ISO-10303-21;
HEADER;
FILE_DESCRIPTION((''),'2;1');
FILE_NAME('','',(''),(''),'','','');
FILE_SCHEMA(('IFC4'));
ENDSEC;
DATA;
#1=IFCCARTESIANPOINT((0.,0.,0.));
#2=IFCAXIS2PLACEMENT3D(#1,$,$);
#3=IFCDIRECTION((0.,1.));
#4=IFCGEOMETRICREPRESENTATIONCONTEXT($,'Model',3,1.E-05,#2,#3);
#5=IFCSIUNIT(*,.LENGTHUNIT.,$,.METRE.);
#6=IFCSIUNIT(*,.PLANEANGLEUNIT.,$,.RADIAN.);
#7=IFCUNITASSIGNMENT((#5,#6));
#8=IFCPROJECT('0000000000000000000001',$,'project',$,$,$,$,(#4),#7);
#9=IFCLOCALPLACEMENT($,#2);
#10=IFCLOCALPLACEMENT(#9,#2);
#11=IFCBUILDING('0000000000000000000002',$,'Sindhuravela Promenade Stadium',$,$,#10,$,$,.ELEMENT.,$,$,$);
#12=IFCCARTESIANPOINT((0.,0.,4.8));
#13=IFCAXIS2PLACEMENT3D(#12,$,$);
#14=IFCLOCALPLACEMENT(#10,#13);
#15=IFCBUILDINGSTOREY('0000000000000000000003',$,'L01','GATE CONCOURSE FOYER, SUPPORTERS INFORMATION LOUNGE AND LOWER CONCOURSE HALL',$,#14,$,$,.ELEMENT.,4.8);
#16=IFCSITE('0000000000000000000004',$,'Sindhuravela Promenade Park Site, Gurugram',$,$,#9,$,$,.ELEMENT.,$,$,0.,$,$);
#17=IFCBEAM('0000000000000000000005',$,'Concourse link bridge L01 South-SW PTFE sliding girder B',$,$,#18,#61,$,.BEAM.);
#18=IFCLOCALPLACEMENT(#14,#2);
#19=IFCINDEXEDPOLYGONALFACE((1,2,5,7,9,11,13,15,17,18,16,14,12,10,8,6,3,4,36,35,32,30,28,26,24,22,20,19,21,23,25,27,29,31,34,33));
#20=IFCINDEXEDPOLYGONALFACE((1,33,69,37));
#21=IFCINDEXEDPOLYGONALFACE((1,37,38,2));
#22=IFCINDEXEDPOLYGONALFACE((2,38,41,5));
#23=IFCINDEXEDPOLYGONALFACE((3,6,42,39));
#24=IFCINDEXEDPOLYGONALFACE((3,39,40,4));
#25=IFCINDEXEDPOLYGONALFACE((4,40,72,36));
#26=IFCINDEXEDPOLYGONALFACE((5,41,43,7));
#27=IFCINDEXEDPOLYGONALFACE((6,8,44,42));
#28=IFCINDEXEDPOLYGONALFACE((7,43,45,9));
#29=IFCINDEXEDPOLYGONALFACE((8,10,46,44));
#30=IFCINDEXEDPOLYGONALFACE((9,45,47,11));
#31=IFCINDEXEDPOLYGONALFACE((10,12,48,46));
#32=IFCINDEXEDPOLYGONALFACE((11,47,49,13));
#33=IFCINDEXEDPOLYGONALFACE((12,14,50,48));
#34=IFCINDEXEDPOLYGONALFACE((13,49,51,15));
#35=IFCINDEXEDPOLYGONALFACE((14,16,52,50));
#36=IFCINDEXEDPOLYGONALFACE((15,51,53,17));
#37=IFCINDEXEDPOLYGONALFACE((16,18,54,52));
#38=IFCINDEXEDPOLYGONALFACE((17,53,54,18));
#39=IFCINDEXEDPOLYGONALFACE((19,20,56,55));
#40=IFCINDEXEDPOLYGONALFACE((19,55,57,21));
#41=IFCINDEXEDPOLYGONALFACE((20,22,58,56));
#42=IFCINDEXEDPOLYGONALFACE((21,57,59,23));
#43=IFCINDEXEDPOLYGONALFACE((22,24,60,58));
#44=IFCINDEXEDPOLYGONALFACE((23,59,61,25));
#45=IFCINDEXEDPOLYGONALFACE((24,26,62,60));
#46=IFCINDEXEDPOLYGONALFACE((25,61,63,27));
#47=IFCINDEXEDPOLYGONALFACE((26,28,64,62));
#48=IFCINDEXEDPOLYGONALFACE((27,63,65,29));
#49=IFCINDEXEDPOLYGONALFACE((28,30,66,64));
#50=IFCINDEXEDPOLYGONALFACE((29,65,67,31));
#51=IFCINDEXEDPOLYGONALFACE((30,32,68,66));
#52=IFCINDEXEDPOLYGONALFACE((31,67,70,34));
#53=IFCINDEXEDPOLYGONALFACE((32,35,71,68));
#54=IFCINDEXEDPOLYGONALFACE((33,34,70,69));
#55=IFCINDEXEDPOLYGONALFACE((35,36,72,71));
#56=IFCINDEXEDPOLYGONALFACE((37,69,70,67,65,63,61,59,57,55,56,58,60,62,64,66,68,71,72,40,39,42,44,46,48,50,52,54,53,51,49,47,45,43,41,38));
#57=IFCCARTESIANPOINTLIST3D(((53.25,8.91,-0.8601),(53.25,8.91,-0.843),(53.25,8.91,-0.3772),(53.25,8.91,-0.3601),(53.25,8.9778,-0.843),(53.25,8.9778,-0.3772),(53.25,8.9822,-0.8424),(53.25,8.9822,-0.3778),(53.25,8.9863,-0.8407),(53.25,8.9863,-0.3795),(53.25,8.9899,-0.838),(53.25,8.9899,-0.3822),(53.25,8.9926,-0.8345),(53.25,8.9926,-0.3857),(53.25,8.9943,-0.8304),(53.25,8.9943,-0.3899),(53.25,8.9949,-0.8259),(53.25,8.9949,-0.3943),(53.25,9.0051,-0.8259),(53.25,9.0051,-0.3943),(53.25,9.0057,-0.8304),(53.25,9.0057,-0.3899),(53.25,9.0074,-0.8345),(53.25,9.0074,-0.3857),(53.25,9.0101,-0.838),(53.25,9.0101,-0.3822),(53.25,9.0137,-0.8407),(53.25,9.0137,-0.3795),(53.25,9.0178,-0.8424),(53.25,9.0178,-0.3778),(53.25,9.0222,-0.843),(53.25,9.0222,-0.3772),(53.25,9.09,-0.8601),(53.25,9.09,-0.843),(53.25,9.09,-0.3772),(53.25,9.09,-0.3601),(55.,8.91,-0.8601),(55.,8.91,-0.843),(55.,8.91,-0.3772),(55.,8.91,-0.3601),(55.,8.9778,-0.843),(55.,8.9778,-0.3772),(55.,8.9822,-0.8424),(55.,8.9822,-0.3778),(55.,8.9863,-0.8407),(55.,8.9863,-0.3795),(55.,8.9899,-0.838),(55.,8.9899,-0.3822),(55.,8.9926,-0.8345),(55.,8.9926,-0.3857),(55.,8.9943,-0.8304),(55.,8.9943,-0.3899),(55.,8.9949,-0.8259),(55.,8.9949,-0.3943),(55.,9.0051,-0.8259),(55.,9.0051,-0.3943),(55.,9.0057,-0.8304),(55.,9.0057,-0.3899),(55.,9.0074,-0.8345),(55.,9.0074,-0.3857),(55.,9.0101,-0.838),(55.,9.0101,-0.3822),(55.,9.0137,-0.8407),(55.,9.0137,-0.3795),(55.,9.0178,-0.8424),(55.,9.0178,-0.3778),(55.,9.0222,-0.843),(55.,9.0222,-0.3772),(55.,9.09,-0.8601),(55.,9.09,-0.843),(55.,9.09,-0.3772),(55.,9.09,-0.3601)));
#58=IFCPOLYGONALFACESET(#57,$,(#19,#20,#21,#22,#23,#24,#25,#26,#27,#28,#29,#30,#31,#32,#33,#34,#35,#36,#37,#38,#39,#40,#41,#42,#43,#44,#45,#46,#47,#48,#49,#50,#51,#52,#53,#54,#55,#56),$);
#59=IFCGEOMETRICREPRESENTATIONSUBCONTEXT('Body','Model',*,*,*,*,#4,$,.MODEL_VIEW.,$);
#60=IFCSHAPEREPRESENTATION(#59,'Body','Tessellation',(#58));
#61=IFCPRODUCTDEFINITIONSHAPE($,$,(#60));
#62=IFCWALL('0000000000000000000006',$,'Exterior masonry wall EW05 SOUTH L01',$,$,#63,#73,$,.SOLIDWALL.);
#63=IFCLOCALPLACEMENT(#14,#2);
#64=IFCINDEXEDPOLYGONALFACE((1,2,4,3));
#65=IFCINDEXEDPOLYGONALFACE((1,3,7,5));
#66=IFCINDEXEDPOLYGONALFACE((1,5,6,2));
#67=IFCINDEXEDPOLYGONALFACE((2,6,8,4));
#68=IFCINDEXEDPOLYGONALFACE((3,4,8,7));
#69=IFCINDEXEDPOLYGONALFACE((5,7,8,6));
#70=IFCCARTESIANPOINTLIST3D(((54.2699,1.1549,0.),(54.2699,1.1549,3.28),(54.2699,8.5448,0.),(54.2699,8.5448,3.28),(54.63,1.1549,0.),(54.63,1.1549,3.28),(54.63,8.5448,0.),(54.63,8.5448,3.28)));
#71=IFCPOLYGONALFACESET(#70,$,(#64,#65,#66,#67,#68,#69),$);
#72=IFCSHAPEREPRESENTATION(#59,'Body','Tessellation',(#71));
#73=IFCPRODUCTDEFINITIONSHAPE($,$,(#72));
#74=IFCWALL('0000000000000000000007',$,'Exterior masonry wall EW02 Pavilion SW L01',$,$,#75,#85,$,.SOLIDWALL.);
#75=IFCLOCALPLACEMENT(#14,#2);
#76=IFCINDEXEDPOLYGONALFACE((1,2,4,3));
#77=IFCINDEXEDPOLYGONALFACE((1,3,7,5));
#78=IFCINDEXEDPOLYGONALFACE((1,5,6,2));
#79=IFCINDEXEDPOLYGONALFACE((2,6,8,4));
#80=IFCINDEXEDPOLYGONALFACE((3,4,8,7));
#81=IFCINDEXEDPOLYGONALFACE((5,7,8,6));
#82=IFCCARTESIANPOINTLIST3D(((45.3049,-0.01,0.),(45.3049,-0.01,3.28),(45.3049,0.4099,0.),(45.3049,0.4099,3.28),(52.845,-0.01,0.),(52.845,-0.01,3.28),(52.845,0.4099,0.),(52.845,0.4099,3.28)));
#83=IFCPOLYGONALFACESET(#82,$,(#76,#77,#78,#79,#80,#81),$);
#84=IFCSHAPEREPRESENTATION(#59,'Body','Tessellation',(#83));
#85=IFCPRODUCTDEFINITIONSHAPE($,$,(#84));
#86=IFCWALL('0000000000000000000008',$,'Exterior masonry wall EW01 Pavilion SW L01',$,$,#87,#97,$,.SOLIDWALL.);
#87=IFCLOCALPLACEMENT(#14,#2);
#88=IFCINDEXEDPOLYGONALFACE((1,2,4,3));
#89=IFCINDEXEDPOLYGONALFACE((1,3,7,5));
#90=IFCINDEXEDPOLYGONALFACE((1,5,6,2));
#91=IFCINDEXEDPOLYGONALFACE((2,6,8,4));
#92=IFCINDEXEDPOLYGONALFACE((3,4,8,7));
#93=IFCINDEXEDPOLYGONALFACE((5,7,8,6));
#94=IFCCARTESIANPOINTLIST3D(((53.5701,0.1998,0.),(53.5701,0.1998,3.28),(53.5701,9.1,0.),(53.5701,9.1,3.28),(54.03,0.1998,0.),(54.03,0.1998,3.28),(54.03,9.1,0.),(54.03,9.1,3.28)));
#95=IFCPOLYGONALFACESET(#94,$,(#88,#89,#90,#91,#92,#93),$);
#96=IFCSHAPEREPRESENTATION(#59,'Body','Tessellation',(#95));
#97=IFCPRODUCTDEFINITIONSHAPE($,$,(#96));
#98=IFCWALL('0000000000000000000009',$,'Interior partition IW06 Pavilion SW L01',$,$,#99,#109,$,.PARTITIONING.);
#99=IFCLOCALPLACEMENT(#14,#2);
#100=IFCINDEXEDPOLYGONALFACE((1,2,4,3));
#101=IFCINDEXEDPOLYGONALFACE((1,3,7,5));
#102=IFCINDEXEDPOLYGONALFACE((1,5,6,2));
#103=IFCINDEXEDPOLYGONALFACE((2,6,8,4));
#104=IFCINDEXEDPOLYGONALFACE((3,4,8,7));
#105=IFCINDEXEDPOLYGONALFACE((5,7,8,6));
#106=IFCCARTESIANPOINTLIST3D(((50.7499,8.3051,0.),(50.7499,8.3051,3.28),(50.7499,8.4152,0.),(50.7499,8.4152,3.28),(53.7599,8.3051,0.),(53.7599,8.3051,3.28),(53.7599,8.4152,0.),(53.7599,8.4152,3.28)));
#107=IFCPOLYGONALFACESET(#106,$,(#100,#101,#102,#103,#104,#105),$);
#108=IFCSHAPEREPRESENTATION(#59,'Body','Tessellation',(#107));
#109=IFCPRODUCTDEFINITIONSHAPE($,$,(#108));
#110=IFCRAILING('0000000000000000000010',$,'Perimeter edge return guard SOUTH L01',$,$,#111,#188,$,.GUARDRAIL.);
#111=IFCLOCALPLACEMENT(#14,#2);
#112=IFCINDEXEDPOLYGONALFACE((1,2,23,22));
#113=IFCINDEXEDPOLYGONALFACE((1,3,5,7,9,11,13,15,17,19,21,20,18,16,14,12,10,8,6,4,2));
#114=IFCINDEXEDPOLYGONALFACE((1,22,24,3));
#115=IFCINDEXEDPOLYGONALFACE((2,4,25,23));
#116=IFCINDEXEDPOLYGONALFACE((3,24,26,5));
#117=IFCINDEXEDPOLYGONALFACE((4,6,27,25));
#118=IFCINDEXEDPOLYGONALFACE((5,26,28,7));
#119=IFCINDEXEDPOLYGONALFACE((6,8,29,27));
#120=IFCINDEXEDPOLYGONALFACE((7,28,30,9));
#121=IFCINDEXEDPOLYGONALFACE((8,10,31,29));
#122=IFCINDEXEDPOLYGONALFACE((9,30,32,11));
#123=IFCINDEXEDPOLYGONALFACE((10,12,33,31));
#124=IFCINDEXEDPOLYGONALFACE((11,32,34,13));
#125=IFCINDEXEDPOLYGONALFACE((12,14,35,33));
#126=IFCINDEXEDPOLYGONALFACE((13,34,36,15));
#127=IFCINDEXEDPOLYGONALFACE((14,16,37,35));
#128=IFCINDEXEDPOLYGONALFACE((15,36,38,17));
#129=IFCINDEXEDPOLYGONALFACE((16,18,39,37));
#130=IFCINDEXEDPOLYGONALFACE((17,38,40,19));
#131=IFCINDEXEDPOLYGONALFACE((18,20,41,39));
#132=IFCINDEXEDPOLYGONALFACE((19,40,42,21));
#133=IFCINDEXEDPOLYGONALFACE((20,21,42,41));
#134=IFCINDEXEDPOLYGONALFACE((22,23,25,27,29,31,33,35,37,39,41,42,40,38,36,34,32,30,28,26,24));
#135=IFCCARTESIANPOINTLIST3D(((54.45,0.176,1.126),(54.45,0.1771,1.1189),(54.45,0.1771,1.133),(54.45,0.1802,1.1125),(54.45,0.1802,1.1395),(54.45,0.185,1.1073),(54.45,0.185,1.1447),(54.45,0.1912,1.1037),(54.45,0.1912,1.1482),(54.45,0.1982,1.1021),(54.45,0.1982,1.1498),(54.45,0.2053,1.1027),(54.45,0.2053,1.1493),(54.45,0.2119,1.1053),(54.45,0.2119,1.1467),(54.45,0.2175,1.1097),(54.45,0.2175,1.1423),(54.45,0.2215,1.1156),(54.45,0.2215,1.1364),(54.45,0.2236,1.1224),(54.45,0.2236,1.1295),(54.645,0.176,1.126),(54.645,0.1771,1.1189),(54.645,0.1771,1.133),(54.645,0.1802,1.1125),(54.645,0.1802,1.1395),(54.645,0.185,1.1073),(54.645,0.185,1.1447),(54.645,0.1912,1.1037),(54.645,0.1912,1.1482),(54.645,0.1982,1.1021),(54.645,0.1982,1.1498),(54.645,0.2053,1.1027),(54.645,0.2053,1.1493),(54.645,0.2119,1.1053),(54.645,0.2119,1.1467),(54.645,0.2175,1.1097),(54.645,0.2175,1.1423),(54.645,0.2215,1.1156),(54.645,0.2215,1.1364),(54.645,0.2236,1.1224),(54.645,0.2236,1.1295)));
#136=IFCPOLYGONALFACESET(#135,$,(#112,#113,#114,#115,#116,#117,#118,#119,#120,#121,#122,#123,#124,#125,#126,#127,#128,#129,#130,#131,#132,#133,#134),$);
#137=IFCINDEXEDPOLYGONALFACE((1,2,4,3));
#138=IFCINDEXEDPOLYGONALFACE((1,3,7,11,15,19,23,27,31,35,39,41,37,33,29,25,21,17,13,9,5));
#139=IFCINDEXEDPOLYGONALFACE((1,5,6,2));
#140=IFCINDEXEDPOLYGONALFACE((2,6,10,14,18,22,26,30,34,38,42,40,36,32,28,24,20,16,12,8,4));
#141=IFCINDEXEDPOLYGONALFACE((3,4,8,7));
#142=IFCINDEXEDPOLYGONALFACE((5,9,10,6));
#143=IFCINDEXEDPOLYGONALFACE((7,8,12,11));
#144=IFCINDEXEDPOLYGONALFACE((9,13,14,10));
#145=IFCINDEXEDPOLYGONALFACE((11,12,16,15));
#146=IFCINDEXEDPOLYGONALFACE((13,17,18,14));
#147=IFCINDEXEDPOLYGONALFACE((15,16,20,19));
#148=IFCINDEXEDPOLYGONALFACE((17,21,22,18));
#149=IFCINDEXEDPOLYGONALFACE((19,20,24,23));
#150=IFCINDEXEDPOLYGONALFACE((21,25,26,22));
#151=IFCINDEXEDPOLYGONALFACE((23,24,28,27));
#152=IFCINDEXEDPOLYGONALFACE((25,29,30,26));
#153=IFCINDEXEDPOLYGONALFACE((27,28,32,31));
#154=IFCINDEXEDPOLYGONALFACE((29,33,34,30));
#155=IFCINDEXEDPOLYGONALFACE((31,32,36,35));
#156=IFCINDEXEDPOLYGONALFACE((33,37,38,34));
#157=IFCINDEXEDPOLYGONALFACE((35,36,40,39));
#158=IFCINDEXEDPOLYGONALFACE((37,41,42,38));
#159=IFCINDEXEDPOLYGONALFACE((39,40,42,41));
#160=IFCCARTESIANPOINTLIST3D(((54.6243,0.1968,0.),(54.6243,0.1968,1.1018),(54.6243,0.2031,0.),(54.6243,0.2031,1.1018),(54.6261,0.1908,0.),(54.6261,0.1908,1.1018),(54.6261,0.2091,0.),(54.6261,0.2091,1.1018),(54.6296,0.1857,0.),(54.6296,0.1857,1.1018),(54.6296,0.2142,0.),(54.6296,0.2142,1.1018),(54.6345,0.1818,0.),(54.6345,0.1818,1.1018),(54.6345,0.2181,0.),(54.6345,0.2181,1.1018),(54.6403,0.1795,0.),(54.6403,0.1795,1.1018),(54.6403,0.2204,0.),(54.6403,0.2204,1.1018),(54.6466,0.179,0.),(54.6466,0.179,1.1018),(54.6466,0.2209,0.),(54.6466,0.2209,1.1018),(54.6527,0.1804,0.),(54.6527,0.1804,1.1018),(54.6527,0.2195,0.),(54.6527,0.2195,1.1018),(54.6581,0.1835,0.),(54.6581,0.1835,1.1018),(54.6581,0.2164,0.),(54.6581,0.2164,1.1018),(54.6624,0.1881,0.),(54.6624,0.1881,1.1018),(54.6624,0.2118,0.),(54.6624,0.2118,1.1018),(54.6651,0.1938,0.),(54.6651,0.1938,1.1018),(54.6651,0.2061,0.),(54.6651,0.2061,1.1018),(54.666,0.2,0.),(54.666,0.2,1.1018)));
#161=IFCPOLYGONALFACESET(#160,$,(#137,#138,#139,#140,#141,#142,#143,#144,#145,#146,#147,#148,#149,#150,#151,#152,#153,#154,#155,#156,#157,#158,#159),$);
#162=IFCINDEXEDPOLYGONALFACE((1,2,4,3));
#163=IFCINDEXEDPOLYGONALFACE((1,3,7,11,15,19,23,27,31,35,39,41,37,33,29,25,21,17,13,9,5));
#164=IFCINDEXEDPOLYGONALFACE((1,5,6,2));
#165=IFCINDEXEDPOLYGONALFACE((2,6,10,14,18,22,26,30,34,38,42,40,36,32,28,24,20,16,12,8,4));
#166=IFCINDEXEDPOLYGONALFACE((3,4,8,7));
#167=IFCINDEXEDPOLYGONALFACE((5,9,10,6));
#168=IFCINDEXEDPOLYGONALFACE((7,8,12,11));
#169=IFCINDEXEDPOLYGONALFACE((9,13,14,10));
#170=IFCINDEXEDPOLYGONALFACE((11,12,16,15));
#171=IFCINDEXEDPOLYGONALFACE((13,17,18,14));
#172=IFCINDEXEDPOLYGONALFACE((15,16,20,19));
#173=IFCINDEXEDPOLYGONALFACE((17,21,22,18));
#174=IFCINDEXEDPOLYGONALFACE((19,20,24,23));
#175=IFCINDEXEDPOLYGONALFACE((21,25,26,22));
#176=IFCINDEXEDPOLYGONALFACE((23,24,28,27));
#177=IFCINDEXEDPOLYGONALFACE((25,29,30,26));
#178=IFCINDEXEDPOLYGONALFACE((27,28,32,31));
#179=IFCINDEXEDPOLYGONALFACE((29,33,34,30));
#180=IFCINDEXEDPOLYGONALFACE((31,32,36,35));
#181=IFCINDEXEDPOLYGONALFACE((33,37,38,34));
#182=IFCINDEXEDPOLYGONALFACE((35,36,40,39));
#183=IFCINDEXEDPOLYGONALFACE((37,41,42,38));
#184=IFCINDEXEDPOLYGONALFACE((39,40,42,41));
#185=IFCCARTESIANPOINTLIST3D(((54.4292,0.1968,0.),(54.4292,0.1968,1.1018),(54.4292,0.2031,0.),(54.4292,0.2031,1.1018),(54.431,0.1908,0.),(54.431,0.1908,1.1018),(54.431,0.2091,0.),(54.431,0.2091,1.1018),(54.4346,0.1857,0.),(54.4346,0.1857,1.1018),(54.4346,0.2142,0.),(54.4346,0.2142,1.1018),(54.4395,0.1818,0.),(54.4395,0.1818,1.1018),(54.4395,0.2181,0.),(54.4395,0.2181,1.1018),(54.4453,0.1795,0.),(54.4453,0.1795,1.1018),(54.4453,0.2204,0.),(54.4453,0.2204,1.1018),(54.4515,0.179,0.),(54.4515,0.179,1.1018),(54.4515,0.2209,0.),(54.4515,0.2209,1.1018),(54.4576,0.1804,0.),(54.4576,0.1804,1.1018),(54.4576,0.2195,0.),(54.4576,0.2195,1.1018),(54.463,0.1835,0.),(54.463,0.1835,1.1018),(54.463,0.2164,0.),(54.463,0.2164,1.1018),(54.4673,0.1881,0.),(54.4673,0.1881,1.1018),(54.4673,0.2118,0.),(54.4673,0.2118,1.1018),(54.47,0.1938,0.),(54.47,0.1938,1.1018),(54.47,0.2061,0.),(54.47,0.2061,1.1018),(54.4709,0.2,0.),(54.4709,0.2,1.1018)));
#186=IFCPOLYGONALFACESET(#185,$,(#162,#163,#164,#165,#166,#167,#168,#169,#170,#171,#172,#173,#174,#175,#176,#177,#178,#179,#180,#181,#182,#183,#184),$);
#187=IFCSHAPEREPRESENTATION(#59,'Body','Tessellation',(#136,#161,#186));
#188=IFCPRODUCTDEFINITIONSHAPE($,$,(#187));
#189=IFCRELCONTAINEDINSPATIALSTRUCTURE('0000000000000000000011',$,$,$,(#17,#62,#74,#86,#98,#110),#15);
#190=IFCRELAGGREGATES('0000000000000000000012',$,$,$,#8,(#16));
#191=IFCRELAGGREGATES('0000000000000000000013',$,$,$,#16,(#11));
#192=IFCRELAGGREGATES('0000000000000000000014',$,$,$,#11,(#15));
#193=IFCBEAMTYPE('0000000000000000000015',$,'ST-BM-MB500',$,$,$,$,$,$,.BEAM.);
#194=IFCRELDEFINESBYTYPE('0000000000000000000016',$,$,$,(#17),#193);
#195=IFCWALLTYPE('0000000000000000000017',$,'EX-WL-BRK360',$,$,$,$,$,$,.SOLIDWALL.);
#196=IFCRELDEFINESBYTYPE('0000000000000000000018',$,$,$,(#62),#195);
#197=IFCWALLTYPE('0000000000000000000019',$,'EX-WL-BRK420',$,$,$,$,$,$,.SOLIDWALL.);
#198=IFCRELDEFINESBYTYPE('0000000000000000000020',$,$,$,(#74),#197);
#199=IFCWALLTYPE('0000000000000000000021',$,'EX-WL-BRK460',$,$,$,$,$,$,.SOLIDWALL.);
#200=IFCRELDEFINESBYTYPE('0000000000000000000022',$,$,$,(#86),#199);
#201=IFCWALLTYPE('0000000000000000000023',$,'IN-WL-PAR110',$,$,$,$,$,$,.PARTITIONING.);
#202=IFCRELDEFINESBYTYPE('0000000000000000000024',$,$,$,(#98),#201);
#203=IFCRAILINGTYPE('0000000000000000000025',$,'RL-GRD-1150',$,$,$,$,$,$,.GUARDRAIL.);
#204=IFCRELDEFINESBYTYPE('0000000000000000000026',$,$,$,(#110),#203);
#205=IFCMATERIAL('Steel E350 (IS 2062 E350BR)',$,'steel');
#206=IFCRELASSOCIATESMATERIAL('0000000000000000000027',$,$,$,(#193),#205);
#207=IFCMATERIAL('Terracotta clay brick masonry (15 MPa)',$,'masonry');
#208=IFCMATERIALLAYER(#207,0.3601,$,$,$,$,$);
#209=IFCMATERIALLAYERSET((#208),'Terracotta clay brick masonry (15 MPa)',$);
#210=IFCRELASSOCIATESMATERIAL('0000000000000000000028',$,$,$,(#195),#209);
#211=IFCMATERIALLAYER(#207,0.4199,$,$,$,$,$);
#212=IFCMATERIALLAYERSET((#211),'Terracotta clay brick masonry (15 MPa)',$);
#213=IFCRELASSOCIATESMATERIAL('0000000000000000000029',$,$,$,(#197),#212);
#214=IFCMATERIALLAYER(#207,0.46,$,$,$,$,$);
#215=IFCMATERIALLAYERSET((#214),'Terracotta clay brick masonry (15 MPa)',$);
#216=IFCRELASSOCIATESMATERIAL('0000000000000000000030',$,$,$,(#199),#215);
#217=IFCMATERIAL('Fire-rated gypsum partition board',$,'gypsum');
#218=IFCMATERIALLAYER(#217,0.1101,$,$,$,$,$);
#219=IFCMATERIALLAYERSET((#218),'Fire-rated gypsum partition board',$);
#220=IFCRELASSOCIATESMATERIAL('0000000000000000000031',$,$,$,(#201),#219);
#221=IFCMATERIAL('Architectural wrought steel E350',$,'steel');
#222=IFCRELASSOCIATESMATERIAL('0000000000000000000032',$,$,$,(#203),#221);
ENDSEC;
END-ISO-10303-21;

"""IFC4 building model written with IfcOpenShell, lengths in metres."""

from ifc_helpers import new_model, si_unit, direction, frame, frame_2d, origin, origin_2d, place, context, subcontext, project, spatial, rectangle, circle, i_section, extrude, material, layer, layer_set, material_profile, profile_set, type_object, element, save


model = new_model("IFC4")

# Units and contexts
model_context = context("Model", 3, precision=1e-05, world=origin(), true_north=direction((0.0, 1.0)))
body_context = subcontext(model_context, "Body", "Model", "MODEL_VIEW")
ifc_project = project(units=[si_unit("LENGTHUNIT", "METRE"), si_unit("PLANEANGLEUNIT", "RADIAN")], contexts=[model_context])

# Site, building, storey
site_placement = place(None, origin())
site = spatial("IfcSite", under=ifc_project, at=site_placement, Name="Sindhuravela Promenade Park Site, Gurugram", CompositionType="ELEMENT", RefElevation=0.0)
building_placement = place(site_placement, origin())
building = spatial("IfcBuilding", under=site, at=building_placement, Name="Sindhuravela Promenade Stadium", CompositionType="ELEMENT")
storey_placement = place(building_placement, frame((0.0, 0.0, 4.8)))
storey = spatial("IfcBuildingStorey", under=building, at=storey_placement, Name="L01", Description="GATE CONCOURSE FOYER, SUPPORTERS INFORMATION LOUNGE AND LOWER CONCOURSE HALL", CompositionType="ELEMENT", Elevation=4.8)

# Beam
ifc_material_1 = material(Name="Steel E350 (IS 2062 E350BR)", Category="steel")
ifc_material_profile_1 = material_profile(ifc_material_1, i_section(OverallWidth=0.1799, OverallDepth=0.5, WebThickness=0.0103, FlangeThickness=0.0171, FilletRadius=0.0171, at=origin_2d()), Name="ISMB 500")
ifc_profile_set_1 = profile_set([ifc_material_profile_1], Name="Steel E350 (IS 2062 E350BR)")
beam_type_1 = type_object("IfcBeamType", Name="ST-BM-MB500", PredefinedType="BEAM", material=ifc_profile_set_1)
beam_1_placement = place(storey_placement, frame((53.25, 9.0, -0.6101), z_axis=(1.0, 0.0, 0.0), x_axis=(0.0, 1.0, 0.0)))
element("IfcBeam", 1, at=beam_1_placement, inside=storey, type_object=beam_type_1, Name="Concourse link bridge L01 South-SW PTFE sliding girder B", PredefinedType="BEAM", context=body_context, shape_type="SweptSolid", body=[
    extrude(i_section(OverallWidth=0.1799, OverallDepth=0.5, WebThickness=0.0103, FlangeThickness=0.0171, FilletRadius=0.0171, at=origin_2d()), origin(), (0.0, 0.0, 1.0), 1.75),
])

# Walls
ifc_material_2 = material(Name="Terracotta clay brick masonry (15 MPa)", Category="masonry")
ifc_layer_1 = layer(ifc_material_2, 0.3601)
ifc_layer_set_1 = layer_set([ifc_layer_1], Name="Terracotta clay brick masonry (15 MPa)")
wall_type_1 = type_object("IfcWallType", Name="EX-WL-BRK360", PredefinedType="SOLIDWALL", material=ifc_layer_set_1)
wall_1_placement = place(storey_placement, frame((54.45, 1.155, 0.0), z_axis=(0.0, 0.0, 1.0), x_axis=(0.0, 1.0, 0.0)))
element("IfcWall", 2, at=wall_1_placement, inside=storey, type_object=wall_type_1, Name="Exterior masonry wall EW05 SOUTH L01", PredefinedType="SOLIDWALL", context=body_context, shape_type="SweptSolid", body=[
    extrude(rectangle(XDim=7.3899, YDim=0.3601, at=frame_2d((3.6948, 0.0))), origin(), (0.0, 0.0, 1.0), 3.28),
])
ifc_layer_2 = layer(ifc_material_2, 0.4199)
ifc_layer_set_2 = layer_set([ifc_layer_2], Name="Terracotta clay brick masonry (15 MPa)")
wall_type_2 = type_object("IfcWallType", Name="EX-WL-BRK420", PredefinedType="SOLIDWALL", material=ifc_layer_set_2)
wall_2_placement = place(storey_placement, frame((52.845, 0.2, 0.0), z_axis=(0.0, 0.0, 1.0), x_axis=(-1.0, 0.0, 0.0)))
element("IfcWall", 3, at=wall_2_placement, inside=storey, type_object=wall_type_2, Name="Exterior masonry wall EW02 Pavilion SW L01", PredefinedType="SOLIDWALL", context=body_context, shape_type="SweptSolid", body=[
    extrude(rectangle(XDim=7.54, YDim=0.4199, at=frame_2d((3.77, 0.0))), origin(), (0.0, 0.0, 1.0), 3.28),
])
ifc_layer_3 = layer(ifc_material_2, 0.46)
ifc_layer_set_3 = layer_set([ifc_layer_3], Name="Terracotta clay brick masonry (15 MPa)")
wall_type_3 = type_object("IfcWallType", Name="EX-WL-BRK460", PredefinedType="SOLIDWALL", material=ifc_layer_set_3)
wall_3_placement = place(storey_placement, frame((53.8, 9.1001, 0.0), z_axis=(0.0, 0.0, 1.0), x_axis=(0.0, -1.0, 0.0)))
element("IfcWall", 4, at=wall_3_placement, inside=storey, type_object=wall_type_3, Name="Exterior masonry wall EW01 Pavilion SW L01", PredefinedType="SOLIDWALL", context=body_context, shape_type="SweptSolid", body=[
    extrude(rectangle(XDim=8.9001, YDim=0.46, at=frame_2d((4.4502, 0.0))), origin(), (0.0, 0.0, 1.0), 3.28),
])
ifc_material_3 = material(Name="Fire-rated gypsum partition board", Category="gypsum")
ifc_layer_4 = layer(ifc_material_3, 0.1101)
ifc_layer_set_4 = layer_set([ifc_layer_4], Name="Fire-rated gypsum partition board")
wall_type_4 = type_object("IfcWallType", Name="IN-WL-PAR110", PredefinedType="PARTITIONING", material=ifc_layer_set_4)
wall_4_placement = place(storey_placement, frame((50.75, 8.3601, 0.0), z_axis=(0.0, 0.0, 1.0), x_axis=(1.0, 0.0, 0.0)))
element("IfcWall", 5, at=wall_4_placement, inside=storey, type_object=wall_type_4, Name="Interior partition IW06 Pavilion SW L01", PredefinedType="PARTITIONING", context=body_context, shape_type="SweptSolid", body=[
    extrude(rectangle(XDim=3.01, YDim=0.1101, at=frame_2d((1.5049, 0.0))), origin(), (0.0, 0.0, 1.0), 3.28),
])

# Railing
ifc_material_4 = material(Name="Architectural wrought steel E350", Category="steel")
railing_type = type_object("IfcRailingType", Name="RL-GRD-1150", PredefinedType="GUARDRAIL", material=ifc_material_4)
railing_1_placement = place(storey_placement, frame((54.645, 0.2, 0.0)))
element("IfcRailing", 6, at=railing_1_placement, inside=storey, type_object=railing_type, Name="Perimeter edge return guard SOUTH L01", PredefinedType="GUARDRAIL", context=body_context, shape_type="SweptSolid", body=[
    extrude(circle(Radius=0.0239, at=origin_2d()), frame((0.0, 0.0, 1.126), z_axis=(-1.0, 0.0, 0.0), x_axis=(0.0, -1.0, 0.0)), (0.0, 0.0, 1.0), 0.1951),
    extrude(circle(Radius=0.021, at=origin_2d()), origin(), (0.0, 0.0, 1.0), 1.1018),
    extrude(circle(Radius=0.021, at=origin_2d()), frame((-0.1951, 0.0, 0.0)), (0.0, 0.0, 1.0), 1.1018),
])

save(model, "model.ifc")
